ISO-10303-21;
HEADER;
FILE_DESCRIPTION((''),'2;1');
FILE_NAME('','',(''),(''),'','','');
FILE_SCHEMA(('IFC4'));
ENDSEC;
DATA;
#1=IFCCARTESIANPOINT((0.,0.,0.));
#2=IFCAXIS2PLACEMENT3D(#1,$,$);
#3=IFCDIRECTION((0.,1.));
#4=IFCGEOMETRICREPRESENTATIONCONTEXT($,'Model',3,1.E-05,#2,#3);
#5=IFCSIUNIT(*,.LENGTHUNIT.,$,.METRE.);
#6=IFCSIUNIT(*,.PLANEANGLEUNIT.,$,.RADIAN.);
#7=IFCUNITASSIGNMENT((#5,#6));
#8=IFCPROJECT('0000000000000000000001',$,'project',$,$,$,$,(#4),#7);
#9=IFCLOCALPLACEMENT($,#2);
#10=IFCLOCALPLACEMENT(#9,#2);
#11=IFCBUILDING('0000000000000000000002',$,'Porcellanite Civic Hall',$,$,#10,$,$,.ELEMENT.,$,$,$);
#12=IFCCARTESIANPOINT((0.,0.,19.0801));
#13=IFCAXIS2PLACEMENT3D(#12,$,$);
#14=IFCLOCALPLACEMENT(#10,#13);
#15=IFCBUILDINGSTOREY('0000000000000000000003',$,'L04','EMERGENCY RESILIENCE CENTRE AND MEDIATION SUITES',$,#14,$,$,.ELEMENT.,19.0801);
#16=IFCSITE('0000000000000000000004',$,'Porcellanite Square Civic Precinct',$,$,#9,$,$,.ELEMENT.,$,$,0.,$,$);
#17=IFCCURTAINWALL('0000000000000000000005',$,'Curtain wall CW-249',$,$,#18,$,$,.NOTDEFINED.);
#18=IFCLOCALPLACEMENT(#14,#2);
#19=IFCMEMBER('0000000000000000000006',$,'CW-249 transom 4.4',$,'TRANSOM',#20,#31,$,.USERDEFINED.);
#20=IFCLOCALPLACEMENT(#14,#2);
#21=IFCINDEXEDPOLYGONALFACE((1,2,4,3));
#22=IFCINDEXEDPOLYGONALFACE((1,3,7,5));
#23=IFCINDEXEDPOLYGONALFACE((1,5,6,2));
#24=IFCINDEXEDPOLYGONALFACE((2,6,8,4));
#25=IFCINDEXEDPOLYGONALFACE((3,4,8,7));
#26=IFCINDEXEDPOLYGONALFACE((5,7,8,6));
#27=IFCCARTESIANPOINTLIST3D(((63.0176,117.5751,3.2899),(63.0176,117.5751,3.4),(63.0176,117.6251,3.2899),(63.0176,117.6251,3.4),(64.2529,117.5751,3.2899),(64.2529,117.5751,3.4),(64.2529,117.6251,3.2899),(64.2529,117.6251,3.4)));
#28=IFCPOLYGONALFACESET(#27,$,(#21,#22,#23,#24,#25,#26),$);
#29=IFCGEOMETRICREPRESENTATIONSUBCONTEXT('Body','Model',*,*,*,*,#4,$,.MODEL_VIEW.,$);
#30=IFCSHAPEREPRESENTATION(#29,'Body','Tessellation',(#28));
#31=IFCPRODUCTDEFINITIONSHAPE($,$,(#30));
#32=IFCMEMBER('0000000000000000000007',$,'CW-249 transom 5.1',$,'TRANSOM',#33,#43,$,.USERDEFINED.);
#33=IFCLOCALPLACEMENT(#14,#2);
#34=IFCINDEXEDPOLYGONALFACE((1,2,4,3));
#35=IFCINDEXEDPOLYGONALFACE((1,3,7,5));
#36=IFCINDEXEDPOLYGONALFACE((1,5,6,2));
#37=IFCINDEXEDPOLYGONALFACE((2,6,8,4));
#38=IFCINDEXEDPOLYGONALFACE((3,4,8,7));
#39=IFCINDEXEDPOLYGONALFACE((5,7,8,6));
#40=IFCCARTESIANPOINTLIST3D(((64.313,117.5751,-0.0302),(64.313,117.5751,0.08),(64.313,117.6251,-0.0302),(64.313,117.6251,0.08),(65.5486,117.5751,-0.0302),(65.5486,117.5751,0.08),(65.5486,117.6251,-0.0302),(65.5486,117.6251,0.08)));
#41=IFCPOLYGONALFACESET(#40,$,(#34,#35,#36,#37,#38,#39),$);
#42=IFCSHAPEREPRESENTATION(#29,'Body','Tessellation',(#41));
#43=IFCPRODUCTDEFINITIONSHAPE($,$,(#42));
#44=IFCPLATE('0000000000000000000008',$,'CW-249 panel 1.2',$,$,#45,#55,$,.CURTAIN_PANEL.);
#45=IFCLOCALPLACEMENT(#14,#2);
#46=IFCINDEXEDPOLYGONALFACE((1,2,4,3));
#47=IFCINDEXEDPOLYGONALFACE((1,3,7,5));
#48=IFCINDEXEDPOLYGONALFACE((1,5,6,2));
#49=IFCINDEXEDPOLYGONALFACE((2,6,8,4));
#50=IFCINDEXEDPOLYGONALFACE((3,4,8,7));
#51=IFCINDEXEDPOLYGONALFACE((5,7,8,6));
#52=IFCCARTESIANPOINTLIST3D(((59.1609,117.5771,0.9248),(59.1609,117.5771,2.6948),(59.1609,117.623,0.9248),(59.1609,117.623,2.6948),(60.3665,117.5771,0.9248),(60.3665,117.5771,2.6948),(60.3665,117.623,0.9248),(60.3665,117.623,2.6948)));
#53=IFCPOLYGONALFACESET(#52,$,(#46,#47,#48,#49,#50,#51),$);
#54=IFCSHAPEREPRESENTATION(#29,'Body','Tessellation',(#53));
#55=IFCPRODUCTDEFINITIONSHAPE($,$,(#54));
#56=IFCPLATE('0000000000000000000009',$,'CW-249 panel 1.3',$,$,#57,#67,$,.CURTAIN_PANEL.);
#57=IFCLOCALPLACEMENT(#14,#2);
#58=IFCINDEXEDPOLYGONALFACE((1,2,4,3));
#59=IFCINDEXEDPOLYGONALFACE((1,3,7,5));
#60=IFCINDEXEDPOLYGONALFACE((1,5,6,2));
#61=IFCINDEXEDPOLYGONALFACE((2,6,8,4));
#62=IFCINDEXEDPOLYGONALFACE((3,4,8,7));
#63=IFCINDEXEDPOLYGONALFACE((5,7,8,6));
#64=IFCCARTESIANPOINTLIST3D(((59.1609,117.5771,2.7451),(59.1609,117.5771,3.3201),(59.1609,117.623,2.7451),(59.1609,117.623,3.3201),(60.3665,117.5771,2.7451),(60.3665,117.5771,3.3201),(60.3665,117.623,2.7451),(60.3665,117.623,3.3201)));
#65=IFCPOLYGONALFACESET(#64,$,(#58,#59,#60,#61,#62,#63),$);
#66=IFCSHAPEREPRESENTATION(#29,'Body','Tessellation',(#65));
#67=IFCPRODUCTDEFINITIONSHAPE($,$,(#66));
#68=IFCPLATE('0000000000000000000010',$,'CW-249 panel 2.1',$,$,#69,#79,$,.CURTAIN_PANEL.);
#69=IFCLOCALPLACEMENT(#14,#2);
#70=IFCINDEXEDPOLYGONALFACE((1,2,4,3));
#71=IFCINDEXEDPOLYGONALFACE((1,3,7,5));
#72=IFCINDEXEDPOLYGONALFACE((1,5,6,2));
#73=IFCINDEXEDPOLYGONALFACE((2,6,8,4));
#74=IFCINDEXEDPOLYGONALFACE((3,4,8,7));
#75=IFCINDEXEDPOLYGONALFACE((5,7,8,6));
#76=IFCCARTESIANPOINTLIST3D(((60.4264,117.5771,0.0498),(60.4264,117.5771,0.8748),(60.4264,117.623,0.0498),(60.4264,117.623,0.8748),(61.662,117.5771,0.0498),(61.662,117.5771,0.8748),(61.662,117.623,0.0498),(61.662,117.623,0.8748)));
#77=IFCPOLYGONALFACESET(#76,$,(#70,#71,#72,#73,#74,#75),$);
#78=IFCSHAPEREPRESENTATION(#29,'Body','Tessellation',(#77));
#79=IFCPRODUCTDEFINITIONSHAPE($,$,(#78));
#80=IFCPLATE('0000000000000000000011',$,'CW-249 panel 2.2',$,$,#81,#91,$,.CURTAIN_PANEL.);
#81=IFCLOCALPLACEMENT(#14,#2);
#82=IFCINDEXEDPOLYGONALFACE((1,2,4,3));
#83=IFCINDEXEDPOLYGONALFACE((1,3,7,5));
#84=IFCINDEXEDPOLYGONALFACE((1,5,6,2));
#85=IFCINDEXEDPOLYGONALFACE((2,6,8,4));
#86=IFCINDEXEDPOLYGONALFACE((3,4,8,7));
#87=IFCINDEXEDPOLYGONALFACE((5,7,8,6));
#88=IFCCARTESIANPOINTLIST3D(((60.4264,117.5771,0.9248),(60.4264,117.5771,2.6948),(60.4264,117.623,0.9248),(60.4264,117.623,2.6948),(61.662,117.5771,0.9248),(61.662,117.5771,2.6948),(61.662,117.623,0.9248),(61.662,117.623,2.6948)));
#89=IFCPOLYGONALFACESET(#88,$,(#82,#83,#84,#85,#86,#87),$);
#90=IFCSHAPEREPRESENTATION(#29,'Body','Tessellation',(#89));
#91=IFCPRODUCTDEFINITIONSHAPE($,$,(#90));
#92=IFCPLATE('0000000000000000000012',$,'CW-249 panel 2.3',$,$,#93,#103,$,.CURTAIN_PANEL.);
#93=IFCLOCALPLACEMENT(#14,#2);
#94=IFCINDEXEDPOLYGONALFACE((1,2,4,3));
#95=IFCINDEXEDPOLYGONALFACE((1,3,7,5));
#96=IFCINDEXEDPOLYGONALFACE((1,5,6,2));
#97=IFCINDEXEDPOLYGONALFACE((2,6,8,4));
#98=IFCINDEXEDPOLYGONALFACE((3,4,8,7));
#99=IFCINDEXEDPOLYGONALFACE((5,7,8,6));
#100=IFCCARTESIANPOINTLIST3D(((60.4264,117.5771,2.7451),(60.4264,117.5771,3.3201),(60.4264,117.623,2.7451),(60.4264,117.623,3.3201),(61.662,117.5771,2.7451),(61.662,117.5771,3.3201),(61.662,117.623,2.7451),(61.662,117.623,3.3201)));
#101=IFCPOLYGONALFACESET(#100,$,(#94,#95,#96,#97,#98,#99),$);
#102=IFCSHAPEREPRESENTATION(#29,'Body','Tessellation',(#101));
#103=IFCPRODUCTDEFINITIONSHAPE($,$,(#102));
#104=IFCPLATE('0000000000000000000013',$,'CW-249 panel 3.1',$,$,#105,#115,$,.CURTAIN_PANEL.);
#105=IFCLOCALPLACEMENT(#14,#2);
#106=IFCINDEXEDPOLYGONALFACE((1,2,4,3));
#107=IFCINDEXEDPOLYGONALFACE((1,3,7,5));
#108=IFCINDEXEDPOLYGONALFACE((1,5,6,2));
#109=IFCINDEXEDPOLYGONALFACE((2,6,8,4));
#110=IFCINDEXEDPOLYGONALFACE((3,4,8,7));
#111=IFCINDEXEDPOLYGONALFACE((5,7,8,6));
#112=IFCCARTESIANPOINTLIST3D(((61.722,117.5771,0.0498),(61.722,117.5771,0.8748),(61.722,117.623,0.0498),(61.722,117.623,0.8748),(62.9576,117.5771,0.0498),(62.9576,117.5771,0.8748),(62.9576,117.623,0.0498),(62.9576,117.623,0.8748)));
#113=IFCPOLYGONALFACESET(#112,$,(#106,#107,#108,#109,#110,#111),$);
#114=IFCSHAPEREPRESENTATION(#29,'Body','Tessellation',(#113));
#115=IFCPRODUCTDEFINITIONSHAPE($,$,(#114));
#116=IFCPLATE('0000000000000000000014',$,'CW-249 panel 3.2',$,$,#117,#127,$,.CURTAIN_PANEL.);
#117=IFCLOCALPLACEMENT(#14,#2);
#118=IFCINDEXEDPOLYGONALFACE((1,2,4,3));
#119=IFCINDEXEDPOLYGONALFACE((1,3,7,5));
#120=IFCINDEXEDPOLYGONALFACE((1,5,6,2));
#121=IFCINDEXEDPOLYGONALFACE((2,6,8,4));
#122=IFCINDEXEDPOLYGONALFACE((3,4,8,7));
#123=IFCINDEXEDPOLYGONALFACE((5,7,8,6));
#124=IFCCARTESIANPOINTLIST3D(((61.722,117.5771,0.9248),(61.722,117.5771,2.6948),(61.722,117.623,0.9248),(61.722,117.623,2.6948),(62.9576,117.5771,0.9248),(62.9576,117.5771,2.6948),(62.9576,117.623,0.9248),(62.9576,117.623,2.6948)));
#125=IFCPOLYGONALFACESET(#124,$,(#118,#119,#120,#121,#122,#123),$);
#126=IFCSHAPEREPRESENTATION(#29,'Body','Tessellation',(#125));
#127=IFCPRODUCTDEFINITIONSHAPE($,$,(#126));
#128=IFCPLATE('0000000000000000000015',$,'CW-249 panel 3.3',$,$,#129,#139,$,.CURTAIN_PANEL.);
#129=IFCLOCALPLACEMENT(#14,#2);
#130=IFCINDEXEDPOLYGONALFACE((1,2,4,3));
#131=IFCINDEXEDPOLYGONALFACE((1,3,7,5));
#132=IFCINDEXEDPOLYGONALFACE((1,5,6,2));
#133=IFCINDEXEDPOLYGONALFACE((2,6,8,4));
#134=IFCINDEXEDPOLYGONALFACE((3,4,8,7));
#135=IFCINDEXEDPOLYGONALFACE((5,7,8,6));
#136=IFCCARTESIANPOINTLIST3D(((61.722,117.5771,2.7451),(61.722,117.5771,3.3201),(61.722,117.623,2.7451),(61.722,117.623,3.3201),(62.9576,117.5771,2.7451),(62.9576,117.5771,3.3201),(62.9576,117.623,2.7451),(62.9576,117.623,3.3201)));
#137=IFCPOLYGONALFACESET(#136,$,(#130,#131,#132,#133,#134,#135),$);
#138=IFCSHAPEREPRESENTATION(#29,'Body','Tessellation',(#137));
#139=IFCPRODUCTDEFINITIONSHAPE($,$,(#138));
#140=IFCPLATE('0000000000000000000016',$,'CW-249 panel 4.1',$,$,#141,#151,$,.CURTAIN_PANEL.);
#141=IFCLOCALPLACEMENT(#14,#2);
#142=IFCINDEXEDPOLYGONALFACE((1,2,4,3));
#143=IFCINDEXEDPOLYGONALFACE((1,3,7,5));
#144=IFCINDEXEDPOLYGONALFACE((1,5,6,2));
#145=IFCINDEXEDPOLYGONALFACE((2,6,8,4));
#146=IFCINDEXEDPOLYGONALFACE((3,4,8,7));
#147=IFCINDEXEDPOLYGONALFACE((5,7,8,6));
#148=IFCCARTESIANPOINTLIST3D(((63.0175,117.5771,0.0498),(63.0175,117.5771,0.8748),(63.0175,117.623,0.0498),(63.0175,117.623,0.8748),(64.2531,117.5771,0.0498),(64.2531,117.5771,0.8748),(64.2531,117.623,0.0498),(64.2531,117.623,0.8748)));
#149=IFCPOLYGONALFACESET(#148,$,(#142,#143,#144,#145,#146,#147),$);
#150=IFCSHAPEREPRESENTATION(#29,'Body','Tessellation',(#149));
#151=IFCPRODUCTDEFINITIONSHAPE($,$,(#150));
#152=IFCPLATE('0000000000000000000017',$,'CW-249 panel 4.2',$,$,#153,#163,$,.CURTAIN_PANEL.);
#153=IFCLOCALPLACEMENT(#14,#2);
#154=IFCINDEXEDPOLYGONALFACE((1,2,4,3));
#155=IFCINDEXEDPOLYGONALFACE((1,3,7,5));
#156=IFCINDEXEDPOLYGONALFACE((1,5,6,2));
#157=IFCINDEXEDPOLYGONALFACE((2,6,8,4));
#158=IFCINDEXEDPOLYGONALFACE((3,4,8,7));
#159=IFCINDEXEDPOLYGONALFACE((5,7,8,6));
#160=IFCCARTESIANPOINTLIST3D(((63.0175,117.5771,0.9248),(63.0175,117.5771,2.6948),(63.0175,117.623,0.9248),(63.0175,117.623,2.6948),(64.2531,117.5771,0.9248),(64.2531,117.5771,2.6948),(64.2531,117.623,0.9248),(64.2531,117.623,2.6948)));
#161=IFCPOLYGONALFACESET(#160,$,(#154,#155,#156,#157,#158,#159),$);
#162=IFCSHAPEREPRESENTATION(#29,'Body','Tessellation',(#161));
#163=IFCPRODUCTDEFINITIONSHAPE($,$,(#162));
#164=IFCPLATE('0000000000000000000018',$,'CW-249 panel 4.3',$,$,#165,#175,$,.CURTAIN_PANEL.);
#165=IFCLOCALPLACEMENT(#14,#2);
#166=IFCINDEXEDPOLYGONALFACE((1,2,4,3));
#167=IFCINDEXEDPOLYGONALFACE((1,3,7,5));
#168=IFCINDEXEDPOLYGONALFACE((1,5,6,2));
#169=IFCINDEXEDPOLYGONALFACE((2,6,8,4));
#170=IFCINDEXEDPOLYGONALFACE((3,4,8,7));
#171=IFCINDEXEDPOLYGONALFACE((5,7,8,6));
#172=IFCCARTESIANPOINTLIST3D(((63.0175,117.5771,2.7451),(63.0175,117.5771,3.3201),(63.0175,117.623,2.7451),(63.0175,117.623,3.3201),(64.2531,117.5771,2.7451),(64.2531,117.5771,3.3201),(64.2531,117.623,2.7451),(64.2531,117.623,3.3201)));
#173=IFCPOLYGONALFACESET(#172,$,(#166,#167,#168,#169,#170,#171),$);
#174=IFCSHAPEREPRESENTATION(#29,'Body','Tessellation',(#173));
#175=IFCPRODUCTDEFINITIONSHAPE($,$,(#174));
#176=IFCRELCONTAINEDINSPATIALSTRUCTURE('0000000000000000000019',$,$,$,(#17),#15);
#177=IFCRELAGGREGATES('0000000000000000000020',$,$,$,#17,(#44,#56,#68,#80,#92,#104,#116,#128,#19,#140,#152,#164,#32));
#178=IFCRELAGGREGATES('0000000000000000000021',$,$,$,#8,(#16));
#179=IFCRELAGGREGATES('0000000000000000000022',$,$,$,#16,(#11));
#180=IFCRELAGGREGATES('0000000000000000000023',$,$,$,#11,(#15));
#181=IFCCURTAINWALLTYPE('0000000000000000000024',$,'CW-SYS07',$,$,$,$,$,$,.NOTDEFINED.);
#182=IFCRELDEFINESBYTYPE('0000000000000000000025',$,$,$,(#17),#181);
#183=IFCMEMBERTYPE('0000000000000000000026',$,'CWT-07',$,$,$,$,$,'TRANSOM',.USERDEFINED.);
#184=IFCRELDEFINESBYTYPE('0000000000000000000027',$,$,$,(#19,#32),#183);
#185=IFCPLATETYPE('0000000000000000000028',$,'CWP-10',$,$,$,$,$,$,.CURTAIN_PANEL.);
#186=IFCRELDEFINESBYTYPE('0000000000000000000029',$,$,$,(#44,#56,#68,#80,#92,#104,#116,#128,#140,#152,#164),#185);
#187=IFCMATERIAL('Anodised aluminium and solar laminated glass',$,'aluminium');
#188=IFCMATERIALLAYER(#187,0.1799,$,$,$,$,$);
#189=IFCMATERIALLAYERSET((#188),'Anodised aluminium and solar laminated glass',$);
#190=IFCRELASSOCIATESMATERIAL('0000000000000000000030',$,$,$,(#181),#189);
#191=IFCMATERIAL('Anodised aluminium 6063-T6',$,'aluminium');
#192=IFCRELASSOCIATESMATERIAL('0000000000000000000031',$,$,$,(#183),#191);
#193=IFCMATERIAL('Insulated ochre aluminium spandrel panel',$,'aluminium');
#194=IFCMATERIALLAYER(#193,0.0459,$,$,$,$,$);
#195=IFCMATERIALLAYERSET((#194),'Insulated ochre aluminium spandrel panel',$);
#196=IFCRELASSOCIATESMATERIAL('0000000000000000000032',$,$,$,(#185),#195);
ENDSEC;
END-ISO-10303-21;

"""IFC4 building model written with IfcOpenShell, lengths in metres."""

from ifc_helpers import new_model, si_unit, direction, frame, origin, origin_2d, place, context, subcontext, project, spatial, rectangle, extrude, material, layer, layer_set, material_profile, profile_set, type_object, element, aggregate, save


model = new_model("IFC4")

# Units and contexts
model_context = context("Model", 3, precision=1e-05, world=origin(), true_north=direction((0.0, 1.0)))
body_context = subcontext(model_context, "Body", "Model", "MODEL_VIEW")
ifc_project = project(units=[si_unit("LENGTHUNIT", "METRE"), si_unit("PLANEANGLEUNIT", "RADIAN")], contexts=[model_context])

# Site, building, storey
site_placement = place(None, origin())
site = spatial("IfcSite", under=ifc_project, at=site_placement, Name="Porcellanite Square Civic Precinct", CompositionType="ELEMENT", RefElevation=0.0)
building_placement = place(site_placement, origin())
building = spatial("IfcBuilding", under=site, at=building_placement, Name="Porcellanite Civic Hall", CompositionType="ELEMENT")
storey_placement = place(building_placement, frame((0.0, 0.0, 19.0801)))
storey = spatial("IfcBuildingStorey", under=building, at=storey_placement, Name="L04", Description="EMERGENCY RESILIENCE CENTRE AND MEDIATION SUITES", CompositionType="ELEMENT", Elevation=19.0801)

# Curtain wall, members, plates
ifc_material_1 = material(Name="Anodised aluminium and solar laminated glass", Category="aluminium")
ifc_layer_1 = layer(ifc_material_1, 0.1799)
ifc_layer_set_1 = layer_set([ifc_layer_1], Name="Anodised aluminium and solar laminated glass")
curtain_wall_type = type_object("IfcCurtainWallType", Name="CW-SYS07", PredefinedType="NOTDEFINED", material=ifc_layer_set_1)
curtain_wall_placement = place(storey_placement, origin())
curtain_wall = element("IfcCurtainWall", 1, at=curtain_wall_placement, inside=storey, type_object=curtain_wall_type, Name="Curtain wall CW-249", PredefinedType="NOTDEFINED")
ifc_material_2 = material(Name="Anodised aluminium 6063-T6", Category="aluminium")
ifc_material_profile_1 = material_profile(ifc_material_2, rectangle(XDim=0.05, YDim=0.1101, at=origin_2d()), Name="AL-50x110")
ifc_profile_set_1 = profile_set([ifc_material_profile_1], Name="Anodised aluminium 6063-T6")
member_type_1 = type_object("IfcMemberType", Name="CWT-07", ElementType="TRANSOM", PredefinedType="USERDEFINED", material=ifc_profile_set_1)
member_1_placement = place(storey_placement, frame((63.0176, 117.6001, 3.345), z_axis=(1.0, 0.0, 0.0), x_axis=(0.0, 1.0, 0.0)))
member_1 = element("IfcMember", 2, at=member_1_placement, type_object=member_type_1, Name="CW-249 transom 4.4", ObjectType="TRANSOM", PredefinedType="USERDEFINED", context=body_context, shape_type="SweptSolid", body=[
    extrude(rectangle(XDim=0.05, YDim=0.1101, at=origin_2d()), origin(), (0.0, 0.0, 1.0), 1.2354),
])
member_2_placement = place(storey_placement, frame((64.313, 117.6001, 0.0249), z_axis=(1.0, 0.0, 0.0), x_axis=(0.0, 1.0, 0.0)))
member_2 = element("IfcMember", 3, at=member_2_placement, type_object=member_type_1, Name="CW-249 transom 5.1", ObjectType="TRANSOM", PredefinedType="USERDEFINED", context=body_context, shape_type="SweptSolid", body=[
    extrude(rectangle(XDim=0.05, YDim=0.1101, at=origin_2d()), origin(), (0.0, 0.0, 1.0), 1.2356),
])
ifc_material_3 = material(Name="Insulated ochre aluminium spandrel panel", Category="aluminium")
ifc_layer_2 = layer(ifc_material_3, 0.0459)
ifc_layer_set_2 = layer_set([ifc_layer_2], Name="Insulated ochre aluminium spandrel panel")
plate_type = type_object("IfcPlateType", Name="CWP-10", PredefinedType="CURTAIN_PANEL", material=ifc_layer_set_2)
plate_1_placement = place(storey_placement, frame((59.7637, 117.6001, 0.9248), z_axis=(0.0, 0.0, 1.0), x_axis=(1.0, 0.0, 0.0)))
plate_1 = element("IfcPlate", 4, at=plate_1_placement, type_object=plate_type, Name="CW-249 panel 1.2", PredefinedType="CURTAIN_PANEL", context=body_context, shape_type="SweptSolid", body=[
    extrude(rectangle(XDim=1.2056, YDim=0.0459, at=origin_2d()), origin(), (0.0, 0.0, 1.0), 1.77),
])
plate_2_placement = place(storey_placement, frame((59.7637, 117.6001, 2.7451), z_axis=(0.0, 0.0, 1.0), x_axis=(1.0, 0.0, 0.0)))
plate_2 = element("IfcPlate", 5, at=plate_2_placement, type_object=plate_type, Name="CW-249 panel 1.3", PredefinedType="CURTAIN_PANEL", context=body_context, shape_type="SweptSolid", body=[
    extrude(rectangle(XDim=1.2056, YDim=0.0459, at=origin_2d()), origin(), (0.0, 0.0, 1.0), 0.575),
])
plate_3_placement = place(storey_placement, frame((61.0442, 117.6001, 0.0498), z_axis=(0.0, 0.0, 1.0), x_axis=(1.0, 0.0, 0.0)))
plate_3 = element("IfcPlate", 6, at=plate_3_placement, type_object=plate_type, Name="CW-249 panel 2.1", PredefinedType="CURTAIN_PANEL", context=body_context, shape_type="SweptSolid", body=[
    extrude(rectangle(XDim=1.2356, YDim=0.0459, at=origin_2d()), origin(), (0.0, 0.0, 1.0), 0.825),
])
plate_4_placement = place(storey_placement, frame((61.0442, 117.6001, 0.9248), z_axis=(0.0, 0.0, 1.0), x_axis=(1.0, 0.0, 0.0)))
plate_4 = element("IfcPlate", 7, at=plate_4_placement, type_object=plate_type, Name="CW-249 panel 2.2", PredefinedType="CURTAIN_PANEL", context=body_context, shape_type="SweptSolid", body=[
    extrude(rectangle(XDim=1.2356, YDim=0.0459, at=origin_2d()), origin(), (0.0, 0.0, 1.0), 1.77),
])
plate_5_placement = place(storey_placement, frame((61.0442, 117.6001, 2.7451), z_axis=(0.0, 0.0, 1.0), x_axis=(1.0, 0.0, 0.0)))
plate_5 = element("IfcPlate", 8, at=plate_5_placement, type_object=plate_type, Name="CW-249 panel 2.3", PredefinedType="CURTAIN_PANEL", context=body_context, shape_type="SweptSolid", body=[
    extrude(rectangle(XDim=1.2356, YDim=0.0459, at=origin_2d()), origin(), (0.0, 0.0, 1.0), 0.575),
])
plate_6_placement = place(storey_placement, frame((62.3398, 117.6001, 0.0498), z_axis=(0.0, 0.0, 1.0), x_axis=(1.0, 0.0, 0.0)))
plate_6 = element("IfcPlate", 9, at=plate_6_placement, type_object=plate_type, Name="CW-249 panel 3.1", PredefinedType="CURTAIN_PANEL", context=body_context, shape_type="SweptSolid", body=[
    extrude(rectangle(XDim=1.2356, YDim=0.0459, at=origin_2d()), origin(), (0.0, 0.0, 1.0), 0.825),
])
plate_7_placement = place(storey_placement, frame((62.3398, 117.6001, 0.9248), z_axis=(0.0, 0.0, 1.0), x_axis=(1.0, 0.0, 0.0)))
plate_7 = element("IfcPlate", 10, at=plate_7_placement, type_object=plate_type, Name="CW-249 panel 3.2", PredefinedType="CURTAIN_PANEL", context=body_context, shape_type="SweptSolid", body=[
    extrude(rectangle(XDim=1.2356, YDim=0.0459, at=origin_2d()), origin(), (0.0, 0.0, 1.0), 1.77),
])
plate_8_placement = place(storey_placement, frame((62.3398, 117.6001, 2.7451), z_axis=(0.0, 0.0, 1.0), x_axis=(1.0, 0.0, 0.0)))
plate_8 = element("IfcPlate", 11, at=plate_8_placement, type_object=plate_type, Name="CW-249 panel 3.3", PredefinedType="CURTAIN_PANEL", context=body_context, shape_type="SweptSolid", body=[
    extrude(rectangle(XDim=1.2356, YDim=0.0459, at=origin_2d()), origin(), (0.0, 0.0, 1.0), 0.575),
])
plate_9_placement = place(storey_placement, frame((63.6353, 117.6001, 0.0498), z_axis=(0.0, 0.0, 1.0), x_axis=(1.0, 0.0, 0.0)))
plate_9 = element("IfcPlate", 12, at=plate_9_placement, type_object=plate_type, Name="CW-249 panel 4.1", PredefinedType="CURTAIN_PANEL", context=body_context, shape_type="SweptSolid", body=[
    extrude(rectangle(XDim=1.2356, YDim=0.0459, at=origin_2d()), origin(), (0.0, 0.0, 1.0), 0.825),
])
plate_10_placement = place(storey_placement, frame((63.6353, 117.6001, 0.9248), z_axis=(0.0, 0.0, 1.0), x_axis=(1.0, 0.0, 0.0)))
plate_10 = element("IfcPlate", 13, at=plate_10_placement, type_object=plate_type, Name="CW-249 panel 4.2", PredefinedType="CURTAIN_PANEL", context=body_context, shape_type="SweptSolid", body=[
    extrude(rectangle(XDim=1.2356, YDim=0.0459, at=origin_2d()), origin(), (0.0, 0.0, 1.0), 1.77),
])
plate_11_placement = place(storey_placement, frame((63.6353, 117.6001, 2.7451), z_axis=(0.0, 0.0, 1.0), x_axis=(1.0, 0.0, 0.0)))
plate_11 = element("IfcPlate", 14, at=plate_11_placement, type_object=plate_type, Name="CW-249 panel 4.3", PredefinedType="CURTAIN_PANEL", context=body_context, shape_type="SweptSolid", body=[
    extrude(rectangle(XDim=1.2356, YDim=0.0459, at=origin_2d()), origin(), (0.0, 0.0, 1.0), 0.575),
])
aggregate(curtain_wall, [plate_1, plate_2, plate_3, plate_4, plate_5, plate_6, plate_7, plate_8, member_1, plate_9, plate_10, plate_11, member_2])

save(model, "model.ifc")
